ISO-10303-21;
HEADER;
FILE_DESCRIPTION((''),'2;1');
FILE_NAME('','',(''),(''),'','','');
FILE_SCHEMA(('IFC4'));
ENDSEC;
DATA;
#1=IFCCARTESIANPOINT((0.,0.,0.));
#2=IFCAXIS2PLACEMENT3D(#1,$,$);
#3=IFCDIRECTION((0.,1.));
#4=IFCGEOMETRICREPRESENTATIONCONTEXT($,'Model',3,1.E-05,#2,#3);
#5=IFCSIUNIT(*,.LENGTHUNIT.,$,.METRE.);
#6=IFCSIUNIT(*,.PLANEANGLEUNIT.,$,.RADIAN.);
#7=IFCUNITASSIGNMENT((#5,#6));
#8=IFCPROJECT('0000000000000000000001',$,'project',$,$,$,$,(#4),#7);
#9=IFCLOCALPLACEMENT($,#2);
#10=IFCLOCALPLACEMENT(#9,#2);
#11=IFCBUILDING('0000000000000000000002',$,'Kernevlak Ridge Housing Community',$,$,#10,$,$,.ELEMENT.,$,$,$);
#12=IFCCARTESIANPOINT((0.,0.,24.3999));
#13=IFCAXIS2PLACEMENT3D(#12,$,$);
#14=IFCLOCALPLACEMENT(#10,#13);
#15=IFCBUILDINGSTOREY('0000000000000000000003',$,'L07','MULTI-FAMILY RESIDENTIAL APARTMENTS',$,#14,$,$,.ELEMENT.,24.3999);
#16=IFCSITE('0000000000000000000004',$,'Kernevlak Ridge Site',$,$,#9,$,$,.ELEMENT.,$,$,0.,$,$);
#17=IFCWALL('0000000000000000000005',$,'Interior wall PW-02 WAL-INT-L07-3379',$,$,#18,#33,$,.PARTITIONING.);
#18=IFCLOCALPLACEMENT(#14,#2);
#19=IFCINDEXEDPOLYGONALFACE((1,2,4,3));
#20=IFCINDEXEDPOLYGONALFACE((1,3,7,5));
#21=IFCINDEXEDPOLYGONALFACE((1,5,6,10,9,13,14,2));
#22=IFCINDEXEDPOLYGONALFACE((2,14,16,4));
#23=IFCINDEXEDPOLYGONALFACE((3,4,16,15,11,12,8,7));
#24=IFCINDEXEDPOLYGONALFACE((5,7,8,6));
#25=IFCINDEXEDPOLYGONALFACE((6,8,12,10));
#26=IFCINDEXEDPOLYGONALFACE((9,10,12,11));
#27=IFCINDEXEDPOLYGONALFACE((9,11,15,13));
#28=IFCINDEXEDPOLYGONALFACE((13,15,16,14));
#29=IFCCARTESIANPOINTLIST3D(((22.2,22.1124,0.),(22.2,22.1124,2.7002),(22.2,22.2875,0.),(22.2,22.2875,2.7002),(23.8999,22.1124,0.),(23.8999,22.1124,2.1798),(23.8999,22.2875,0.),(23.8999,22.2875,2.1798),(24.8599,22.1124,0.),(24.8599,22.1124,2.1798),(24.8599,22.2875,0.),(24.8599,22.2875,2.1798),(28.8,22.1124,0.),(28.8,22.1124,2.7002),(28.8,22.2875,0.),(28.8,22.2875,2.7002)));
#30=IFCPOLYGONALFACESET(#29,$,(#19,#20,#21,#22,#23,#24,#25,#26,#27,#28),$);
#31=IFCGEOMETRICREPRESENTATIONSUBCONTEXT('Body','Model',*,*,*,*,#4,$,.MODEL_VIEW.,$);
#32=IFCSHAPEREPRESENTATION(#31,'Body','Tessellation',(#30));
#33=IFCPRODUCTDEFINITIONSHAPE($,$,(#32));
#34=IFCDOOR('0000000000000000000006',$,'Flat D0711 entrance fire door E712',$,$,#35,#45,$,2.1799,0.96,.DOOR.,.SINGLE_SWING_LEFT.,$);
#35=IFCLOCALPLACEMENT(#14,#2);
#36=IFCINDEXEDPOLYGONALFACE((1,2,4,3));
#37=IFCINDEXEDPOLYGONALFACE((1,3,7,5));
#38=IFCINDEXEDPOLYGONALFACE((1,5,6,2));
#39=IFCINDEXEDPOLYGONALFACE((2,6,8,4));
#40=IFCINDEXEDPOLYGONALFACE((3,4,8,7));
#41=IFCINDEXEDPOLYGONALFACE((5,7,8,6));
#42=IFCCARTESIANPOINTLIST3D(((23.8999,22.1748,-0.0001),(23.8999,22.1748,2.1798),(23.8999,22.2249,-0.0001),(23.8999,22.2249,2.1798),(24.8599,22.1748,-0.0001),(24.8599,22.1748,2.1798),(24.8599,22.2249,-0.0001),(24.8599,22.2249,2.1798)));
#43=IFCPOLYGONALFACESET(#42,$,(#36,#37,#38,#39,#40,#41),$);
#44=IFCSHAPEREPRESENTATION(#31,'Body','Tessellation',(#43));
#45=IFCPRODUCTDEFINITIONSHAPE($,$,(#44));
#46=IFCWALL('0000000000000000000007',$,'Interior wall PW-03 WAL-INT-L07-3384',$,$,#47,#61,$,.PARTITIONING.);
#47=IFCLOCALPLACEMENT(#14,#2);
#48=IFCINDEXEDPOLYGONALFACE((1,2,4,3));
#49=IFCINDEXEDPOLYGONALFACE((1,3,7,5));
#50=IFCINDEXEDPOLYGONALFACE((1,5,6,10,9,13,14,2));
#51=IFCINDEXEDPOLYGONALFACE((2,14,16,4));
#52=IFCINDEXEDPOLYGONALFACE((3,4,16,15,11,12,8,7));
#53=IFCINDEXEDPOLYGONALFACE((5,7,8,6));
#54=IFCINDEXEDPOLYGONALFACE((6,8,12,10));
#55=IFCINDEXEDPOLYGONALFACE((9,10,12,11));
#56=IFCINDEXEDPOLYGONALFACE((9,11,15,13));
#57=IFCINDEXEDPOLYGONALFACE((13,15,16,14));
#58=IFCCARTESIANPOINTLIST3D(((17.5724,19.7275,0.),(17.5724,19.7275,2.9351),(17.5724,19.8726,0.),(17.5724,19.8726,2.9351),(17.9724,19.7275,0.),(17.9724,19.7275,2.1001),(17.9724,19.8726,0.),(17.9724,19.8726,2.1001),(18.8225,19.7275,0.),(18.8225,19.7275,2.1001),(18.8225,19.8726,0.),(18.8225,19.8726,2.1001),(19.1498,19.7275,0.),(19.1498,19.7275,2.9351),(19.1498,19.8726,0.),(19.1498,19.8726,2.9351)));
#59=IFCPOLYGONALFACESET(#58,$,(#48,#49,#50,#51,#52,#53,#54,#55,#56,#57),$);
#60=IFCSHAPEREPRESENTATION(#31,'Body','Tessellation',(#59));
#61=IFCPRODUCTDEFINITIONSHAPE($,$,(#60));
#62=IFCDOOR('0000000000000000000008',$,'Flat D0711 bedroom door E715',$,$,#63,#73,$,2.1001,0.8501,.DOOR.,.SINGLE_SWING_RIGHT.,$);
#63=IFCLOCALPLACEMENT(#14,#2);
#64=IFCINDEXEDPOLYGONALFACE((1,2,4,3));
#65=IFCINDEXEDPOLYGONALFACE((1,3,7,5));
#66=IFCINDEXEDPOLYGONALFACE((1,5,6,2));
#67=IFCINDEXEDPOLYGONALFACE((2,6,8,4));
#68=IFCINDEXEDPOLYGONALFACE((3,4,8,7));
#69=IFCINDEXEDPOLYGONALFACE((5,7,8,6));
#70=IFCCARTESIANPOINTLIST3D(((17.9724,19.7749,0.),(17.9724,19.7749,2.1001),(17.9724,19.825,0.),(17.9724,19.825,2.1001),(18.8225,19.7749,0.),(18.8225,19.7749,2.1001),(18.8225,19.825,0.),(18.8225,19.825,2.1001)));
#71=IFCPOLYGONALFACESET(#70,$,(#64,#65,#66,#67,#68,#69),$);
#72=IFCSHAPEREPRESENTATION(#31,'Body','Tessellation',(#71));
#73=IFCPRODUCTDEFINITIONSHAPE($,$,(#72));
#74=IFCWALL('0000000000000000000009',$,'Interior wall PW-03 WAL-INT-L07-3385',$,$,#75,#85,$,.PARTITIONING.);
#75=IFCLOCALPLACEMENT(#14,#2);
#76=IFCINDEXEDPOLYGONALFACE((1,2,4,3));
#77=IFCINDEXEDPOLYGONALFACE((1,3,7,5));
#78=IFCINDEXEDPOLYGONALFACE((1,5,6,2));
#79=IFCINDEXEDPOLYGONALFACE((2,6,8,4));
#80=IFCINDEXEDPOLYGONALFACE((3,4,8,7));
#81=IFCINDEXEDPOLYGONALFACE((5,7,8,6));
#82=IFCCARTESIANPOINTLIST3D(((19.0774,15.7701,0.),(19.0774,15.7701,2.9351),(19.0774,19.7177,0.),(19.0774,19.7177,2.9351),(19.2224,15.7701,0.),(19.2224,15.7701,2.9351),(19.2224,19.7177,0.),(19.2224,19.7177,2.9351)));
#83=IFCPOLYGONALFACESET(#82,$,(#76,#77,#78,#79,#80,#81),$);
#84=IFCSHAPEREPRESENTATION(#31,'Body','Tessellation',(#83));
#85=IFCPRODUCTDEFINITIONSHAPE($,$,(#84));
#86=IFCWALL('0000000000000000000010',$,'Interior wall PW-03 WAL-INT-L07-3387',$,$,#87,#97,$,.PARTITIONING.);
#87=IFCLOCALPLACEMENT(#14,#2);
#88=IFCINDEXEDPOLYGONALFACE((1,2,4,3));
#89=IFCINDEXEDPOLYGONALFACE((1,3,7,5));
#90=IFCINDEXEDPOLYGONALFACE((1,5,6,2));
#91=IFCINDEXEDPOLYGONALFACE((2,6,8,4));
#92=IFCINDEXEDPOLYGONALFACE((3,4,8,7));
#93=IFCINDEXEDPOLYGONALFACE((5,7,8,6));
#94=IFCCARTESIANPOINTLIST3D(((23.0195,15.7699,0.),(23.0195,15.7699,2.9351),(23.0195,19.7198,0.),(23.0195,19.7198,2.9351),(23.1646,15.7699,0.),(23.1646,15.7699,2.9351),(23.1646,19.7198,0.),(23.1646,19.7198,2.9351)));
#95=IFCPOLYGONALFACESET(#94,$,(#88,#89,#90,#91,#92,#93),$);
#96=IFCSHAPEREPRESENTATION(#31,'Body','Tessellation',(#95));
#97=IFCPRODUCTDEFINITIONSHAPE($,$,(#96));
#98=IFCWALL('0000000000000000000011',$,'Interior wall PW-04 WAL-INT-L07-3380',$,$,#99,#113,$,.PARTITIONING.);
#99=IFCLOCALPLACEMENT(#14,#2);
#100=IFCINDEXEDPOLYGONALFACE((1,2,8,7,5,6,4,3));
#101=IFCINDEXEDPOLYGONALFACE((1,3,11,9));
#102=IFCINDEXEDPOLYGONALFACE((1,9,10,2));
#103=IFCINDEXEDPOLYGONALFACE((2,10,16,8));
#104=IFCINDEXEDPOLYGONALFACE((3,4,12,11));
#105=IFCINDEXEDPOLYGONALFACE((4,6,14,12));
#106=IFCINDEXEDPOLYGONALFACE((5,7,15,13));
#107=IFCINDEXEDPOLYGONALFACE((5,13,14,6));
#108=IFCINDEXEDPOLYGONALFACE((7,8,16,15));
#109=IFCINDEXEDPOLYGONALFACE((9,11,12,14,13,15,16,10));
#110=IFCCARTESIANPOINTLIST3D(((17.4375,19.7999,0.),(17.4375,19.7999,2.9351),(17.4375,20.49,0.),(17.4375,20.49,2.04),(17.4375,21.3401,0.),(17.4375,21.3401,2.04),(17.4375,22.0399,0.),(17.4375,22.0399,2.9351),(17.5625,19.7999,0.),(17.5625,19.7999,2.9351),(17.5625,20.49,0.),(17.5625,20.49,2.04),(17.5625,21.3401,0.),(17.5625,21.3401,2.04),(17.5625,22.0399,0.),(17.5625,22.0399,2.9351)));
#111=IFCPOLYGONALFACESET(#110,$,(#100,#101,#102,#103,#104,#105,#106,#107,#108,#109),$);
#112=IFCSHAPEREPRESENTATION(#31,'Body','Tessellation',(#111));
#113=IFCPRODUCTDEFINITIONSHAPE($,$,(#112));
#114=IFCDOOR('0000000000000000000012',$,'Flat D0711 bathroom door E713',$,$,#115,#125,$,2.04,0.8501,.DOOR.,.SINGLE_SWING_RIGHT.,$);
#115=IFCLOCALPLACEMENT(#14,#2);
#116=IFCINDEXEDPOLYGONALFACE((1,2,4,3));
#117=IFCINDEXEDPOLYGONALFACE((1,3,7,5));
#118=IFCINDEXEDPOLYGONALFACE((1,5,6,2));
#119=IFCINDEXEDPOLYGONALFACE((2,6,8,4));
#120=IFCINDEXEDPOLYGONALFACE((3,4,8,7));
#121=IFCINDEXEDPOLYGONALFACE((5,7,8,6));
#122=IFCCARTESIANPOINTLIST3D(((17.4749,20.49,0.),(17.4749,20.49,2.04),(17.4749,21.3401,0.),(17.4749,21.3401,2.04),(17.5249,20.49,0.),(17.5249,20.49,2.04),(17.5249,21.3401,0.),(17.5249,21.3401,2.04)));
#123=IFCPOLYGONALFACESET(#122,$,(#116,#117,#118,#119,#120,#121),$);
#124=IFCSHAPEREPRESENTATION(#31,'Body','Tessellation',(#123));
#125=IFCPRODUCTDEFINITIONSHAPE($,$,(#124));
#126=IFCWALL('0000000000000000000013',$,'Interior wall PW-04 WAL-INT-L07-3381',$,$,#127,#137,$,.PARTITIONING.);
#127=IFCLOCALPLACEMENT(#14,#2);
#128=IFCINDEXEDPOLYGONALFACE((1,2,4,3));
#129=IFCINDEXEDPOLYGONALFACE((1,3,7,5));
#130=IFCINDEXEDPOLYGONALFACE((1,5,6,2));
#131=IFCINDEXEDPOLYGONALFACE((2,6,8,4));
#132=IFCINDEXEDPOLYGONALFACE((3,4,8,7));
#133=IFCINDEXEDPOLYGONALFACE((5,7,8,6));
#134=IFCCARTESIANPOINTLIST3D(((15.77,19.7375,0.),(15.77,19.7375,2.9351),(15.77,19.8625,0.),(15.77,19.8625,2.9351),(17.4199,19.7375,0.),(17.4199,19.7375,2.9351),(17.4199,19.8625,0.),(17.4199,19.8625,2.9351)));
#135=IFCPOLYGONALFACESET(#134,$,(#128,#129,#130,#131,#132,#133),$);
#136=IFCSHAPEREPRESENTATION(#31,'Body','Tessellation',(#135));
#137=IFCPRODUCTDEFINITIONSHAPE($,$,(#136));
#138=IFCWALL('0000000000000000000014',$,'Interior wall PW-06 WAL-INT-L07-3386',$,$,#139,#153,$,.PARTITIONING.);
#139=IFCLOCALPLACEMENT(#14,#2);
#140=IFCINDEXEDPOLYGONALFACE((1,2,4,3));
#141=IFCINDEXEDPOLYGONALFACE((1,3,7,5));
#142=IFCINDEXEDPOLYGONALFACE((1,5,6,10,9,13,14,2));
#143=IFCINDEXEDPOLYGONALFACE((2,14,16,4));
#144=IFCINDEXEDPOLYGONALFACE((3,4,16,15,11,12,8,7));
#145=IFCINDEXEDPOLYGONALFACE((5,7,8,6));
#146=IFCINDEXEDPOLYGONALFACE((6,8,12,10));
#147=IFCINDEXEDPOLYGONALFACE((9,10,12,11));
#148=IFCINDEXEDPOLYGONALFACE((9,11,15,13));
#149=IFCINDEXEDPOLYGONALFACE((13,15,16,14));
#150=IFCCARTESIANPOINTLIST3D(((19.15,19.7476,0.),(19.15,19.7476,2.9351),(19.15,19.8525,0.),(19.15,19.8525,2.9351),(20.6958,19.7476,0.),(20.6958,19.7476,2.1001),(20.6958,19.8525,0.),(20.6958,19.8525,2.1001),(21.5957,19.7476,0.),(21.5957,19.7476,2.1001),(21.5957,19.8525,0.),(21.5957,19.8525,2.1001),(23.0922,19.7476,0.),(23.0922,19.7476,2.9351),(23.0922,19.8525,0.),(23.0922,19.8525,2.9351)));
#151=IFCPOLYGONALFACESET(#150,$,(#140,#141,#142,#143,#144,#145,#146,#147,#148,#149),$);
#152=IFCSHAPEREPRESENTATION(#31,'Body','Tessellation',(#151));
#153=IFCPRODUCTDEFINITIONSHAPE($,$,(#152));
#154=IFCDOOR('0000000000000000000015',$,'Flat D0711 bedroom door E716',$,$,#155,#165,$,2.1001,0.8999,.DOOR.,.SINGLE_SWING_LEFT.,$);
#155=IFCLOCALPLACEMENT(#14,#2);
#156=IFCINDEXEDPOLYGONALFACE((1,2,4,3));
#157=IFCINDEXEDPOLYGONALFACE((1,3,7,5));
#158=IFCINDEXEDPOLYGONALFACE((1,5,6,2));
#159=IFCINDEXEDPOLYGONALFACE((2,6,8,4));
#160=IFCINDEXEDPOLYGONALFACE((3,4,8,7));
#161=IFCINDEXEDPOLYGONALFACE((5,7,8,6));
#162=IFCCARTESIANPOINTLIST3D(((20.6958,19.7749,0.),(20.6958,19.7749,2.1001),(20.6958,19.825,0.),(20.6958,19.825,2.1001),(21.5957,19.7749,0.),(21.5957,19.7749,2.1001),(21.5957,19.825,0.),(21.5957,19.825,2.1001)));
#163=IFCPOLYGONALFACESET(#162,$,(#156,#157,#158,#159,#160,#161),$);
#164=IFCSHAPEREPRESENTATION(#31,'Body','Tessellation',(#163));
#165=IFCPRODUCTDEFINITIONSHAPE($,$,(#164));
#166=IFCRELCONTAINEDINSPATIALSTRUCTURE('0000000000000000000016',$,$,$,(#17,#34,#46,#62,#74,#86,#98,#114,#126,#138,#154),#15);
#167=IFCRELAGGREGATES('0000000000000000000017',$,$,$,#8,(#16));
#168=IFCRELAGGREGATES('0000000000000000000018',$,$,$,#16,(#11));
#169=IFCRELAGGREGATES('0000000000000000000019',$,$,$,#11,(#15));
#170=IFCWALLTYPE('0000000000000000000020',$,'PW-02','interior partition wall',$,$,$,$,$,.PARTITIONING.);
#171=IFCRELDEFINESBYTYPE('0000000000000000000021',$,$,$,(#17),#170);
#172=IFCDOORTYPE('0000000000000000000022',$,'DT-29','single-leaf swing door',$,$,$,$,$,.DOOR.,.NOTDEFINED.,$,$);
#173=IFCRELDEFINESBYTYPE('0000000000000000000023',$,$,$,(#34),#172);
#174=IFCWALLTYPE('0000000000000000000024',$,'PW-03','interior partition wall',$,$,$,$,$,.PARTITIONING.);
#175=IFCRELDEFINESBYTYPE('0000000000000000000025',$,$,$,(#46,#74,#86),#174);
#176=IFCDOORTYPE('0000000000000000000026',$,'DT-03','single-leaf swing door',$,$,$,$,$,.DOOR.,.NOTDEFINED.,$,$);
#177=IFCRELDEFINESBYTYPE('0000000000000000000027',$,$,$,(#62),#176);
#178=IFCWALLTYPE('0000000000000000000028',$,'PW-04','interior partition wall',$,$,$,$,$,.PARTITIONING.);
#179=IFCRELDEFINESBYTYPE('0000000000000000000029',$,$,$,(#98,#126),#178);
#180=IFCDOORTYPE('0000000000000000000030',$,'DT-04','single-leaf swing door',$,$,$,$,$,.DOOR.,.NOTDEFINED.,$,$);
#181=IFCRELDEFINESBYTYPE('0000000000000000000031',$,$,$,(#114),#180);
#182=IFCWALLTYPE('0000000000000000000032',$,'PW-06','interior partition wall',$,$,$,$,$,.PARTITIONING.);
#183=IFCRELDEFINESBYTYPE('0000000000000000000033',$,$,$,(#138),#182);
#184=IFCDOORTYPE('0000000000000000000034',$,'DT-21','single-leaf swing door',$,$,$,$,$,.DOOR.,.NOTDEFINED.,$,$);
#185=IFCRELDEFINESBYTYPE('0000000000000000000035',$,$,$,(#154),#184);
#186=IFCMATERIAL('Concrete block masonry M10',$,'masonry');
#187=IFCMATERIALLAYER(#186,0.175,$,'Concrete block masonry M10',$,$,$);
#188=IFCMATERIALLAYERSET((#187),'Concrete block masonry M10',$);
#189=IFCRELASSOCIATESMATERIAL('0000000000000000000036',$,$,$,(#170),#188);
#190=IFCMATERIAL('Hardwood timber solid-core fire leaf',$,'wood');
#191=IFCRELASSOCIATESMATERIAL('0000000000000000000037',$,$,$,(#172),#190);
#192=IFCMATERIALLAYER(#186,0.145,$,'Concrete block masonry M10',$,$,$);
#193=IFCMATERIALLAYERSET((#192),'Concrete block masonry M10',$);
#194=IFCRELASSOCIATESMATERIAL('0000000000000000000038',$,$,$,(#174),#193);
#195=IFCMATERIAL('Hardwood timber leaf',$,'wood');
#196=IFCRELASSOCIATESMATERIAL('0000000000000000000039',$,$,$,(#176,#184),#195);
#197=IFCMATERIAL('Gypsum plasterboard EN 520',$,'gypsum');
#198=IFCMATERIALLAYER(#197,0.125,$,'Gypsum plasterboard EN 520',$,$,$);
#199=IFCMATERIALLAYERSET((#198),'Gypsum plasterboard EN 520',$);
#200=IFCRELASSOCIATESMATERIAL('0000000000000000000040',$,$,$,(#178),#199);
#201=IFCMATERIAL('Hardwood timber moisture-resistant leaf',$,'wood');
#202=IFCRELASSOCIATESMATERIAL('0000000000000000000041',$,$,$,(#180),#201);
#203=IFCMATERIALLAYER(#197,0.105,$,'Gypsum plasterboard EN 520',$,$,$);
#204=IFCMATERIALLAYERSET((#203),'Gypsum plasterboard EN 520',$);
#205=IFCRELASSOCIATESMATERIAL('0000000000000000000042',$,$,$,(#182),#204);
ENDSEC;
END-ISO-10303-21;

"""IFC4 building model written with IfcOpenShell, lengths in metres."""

from ifc_helpers import new_model, si_unit, direction, frame, frame_2d, origin, place, context, subcontext, project, spatial, rectangle, extrude, material, layer, layer_set, type_object, element, fill, save


model = new_model("IFC4")

# Units and contexts
model_context = context("Model", 3, precision=1e-05, world=origin(), true_north=direction((0.0, 1.0)))
body_context = subcontext(model_context, "Body", "Model", "MODEL_VIEW")
ifc_project = project(units=[si_unit("LENGTHUNIT", "METRE"), si_unit("PLANEANGLEUNIT", "RADIAN")], contexts=[model_context])

# Site, building, storey
site_placement = place(None, origin())
site = spatial("IfcSite", under=ifc_project, at=site_placement, Name="Kernevlak Ridge Site", CompositionType="ELEMENT", RefElevation=0.0)
building_placement = place(site_placement, origin())
building = spatial("IfcBuilding", under=site, at=building_placement, Name="Kernevlak Ridge Housing Community", CompositionType="ELEMENT")
storey_placement = place(building_placement, frame((0.0, 0.0, 24.3999)))
storey = spatial("IfcBuildingStorey", under=building, at=storey_placement, Name="L07", Description="MULTI-FAMILY RESIDENTIAL APARTMENTS", CompositionType="ELEMENT", Elevation=24.3999)

# Shared definitions
ifc_material_1 = material(Name="Concrete block masonry M10", Category="masonry")

# Walls, openings, doors
ifc_layer_1 = layer(ifc_material_1, 0.175, Name="Concrete block masonry M10")
ifc_layer_set_1 = layer_set([ifc_layer_1], Name="Concrete block masonry M10")
wall_type_1 = type_object("IfcWallType", Name="PW-02", Description="interior partition wall", PredefinedType="PARTITIONING", material=ifc_layer_set_1)
wall_1_placement = place(storey_placement, frame((22.2, 22.2, 0.0), z_axis=(0.0, 0.0, 1.0), x_axis=(1.0, 0.0, 0.0)))
wall_1 = element("IfcWall", 1, at=wall_1_placement, inside=storey, type_object=wall_type_1, Name="Interior wall PW-02 WAL-INT-L07-3379", PredefinedType="PARTITIONING", context=body_context, shape_type="SweptSolid", body=[
    extrude(rectangle(XDim=6.6001, YDim=0.175, at=frame_2d((3.3, 0.0))), origin(), (0.0, 0.0, 1.0), 2.7002),
])
opening_1_placement = place(wall_1_placement, frame((1.7, 0.0, 0.0)))
opening_1 = element("IfcOpeningElement", 2, at=opening_1_placement, cuts=wall_1, PredefinedType="OPENING", context=body_context, shape_type="SweptSolid", body=[
    extrude(rectangle(XDim=0.96, YDim=2.1799, at=frame_2d((0.48, 1.0898))), frame((0.0, 0.0974, 0.0), z_axis=(0.0, -1.0, 0.0), x_axis=(1.0, 0.0, 0.0)), (0.0, 0.0, 1.0), 0.1951),
])
ifc_material_2 = material(Name="Hardwood timber solid-core fire leaf", Category="wood")
door_type_1 = type_object("IfcDoorType", Name="DT-29", Description="single-leaf swing door", OperationType="NOTDEFINED", PredefinedType="DOOR", material=ifc_material_2)
door_1_placement = place(opening_1_placement, origin())
door_1 = element("IfcDoor", 3, at=door_1_placement, inside=storey, type_object=door_type_1, Name="Flat D0711 entrance fire door E712", OperationType="SINGLE_SWING_LEFT", OverallHeight=2.1799, OverallWidth=0.96, PredefinedType="DOOR", context=body_context, shape_type="SweptSolid", body=[
    extrude(rectangle(XDim=0.96, YDim=2.1799, at=frame_2d((0.48, 1.0898))), frame((0.0, 0.0249, 0.0), z_axis=(0.0, -1.0, 0.0), x_axis=(1.0, 0.0, 0.0)), (0.0, 0.0, 1.0), 0.05),
])
fill(opening_1, door_1)
ifc_layer_2 = layer(ifc_material_1, 0.145, Name="Concrete block masonry M10")
ifc_layer_set_2 = layer_set([ifc_layer_2], Name="Concrete block masonry M10")
wall_type_2 = type_object("IfcWallType", Name="PW-03", Description="interior partition wall", PredefinedType="PARTITIONING", material=ifc_layer_set_2)
wall_2_placement = place(storey_placement, frame((17.5725, 19.8, 0.0), z_axis=(0.0, 0.0, 1.0), x_axis=(1.0, 0.0, 0.0)))
wall_2 = element("IfcWall", 4, at=wall_2_placement, inside=storey, type_object=wall_type_2, Name="Interior wall PW-03 WAL-INT-L07-3384", PredefinedType="PARTITIONING", context=body_context, shape_type="SweptSolid", body=[
    extrude(rectangle(XDim=1.5774, YDim=0.145, at=frame_2d((0.7886, 0.0))), origin(), (0.0, 0.0, 1.0), 2.9351),
])
opening_2_placement = place(wall_2_placement, frame((0.3999, 0.0, 0.0)))
opening_2 = element("IfcOpeningElement", 5, at=opening_2_placement, cuts=wall_2, PredefinedType="OPENING", context=body_context, shape_type="SweptSolid", body=[
    extrude(rectangle(XDim=0.8501, YDim=2.1001, at=frame_2d((0.425, 1.05))), frame((0.0, 0.0825, 0.0), z_axis=(0.0, -1.0, 0.0), x_axis=(1.0, 0.0, 0.0)), (0.0, 0.0, 1.0), 0.165),
])
ifc_material_3 = material(Name="Hardwood timber leaf", Category="wood")
door_type_2 = type_object("IfcDoorType", Name="DT-03", Description="single-leaf swing door", OperationType="NOTDEFINED", PredefinedType="DOOR", material=ifc_material_3)
door_2_placement = place(opening_2_placement, origin())
door_2 = element("IfcDoor", 6, at=door_2_placement, inside=storey, type_object=door_type_2, Name="Flat D0711 bedroom door E715", OperationType="SINGLE_SWING_RIGHT", OverallHeight=2.1001, OverallWidth=0.8501, PredefinedType="DOOR", context=body_context, shape_type="SweptSolid", body=[
    extrude(rectangle(XDim=0.8501, YDim=2.1001, at=frame_2d((0.425, 1.05))), frame((0.0, 0.0249, 0.0), z_axis=(0.0, -1.0, 0.0), x_axis=(1.0, 0.0, 0.0)), (0.0, 0.0, 1.0), 0.05),
])
fill(opening_2, door_2)

# Walls
wall_3_placement = place(storey_placement, frame((19.1499, 19.7175, 0.0), z_axis=(0.0, 0.0, 1.0), x_axis=(0.0, -1.0, 0.0)))
element("IfcWall", 7, at=wall_3_placement, inside=storey, type_object=wall_type_2, Name="Interior wall PW-03 WAL-INT-L07-3385", PredefinedType="PARTITIONING", context=body_context, shape_type="SweptSolid", body=[
    extrude(rectangle(XDim=3.9475, YDim=0.145, at=frame_2d((1.9736, 0.0))), origin(), (0.0, 0.0, 1.0), 2.9351),
])
wall_4_placement = place(storey_placement, frame((23.092, 19.72, 0.0), z_axis=(0.0, 0.0, 1.0), x_axis=(0.0, -1.0, 0.0)))
element("IfcWall", 8, at=wall_4_placement, inside=storey, type_object=wall_type_2, Name="Interior wall PW-03 WAL-INT-L07-3387", PredefinedType="PARTITIONING", context=body_context, shape_type="SweptSolid", body=[
    extrude(rectangle(XDim=3.95, YDim=0.145, at=frame_2d((1.9751, 0.0))), origin(), (0.0, 0.0, 1.0), 2.9351),
])

# Wall, opening, door
ifc_material_4 = material(Name="Gypsum plasterboard EN 520", Category="gypsum")
ifc_layer_3 = layer(ifc_material_4, 0.125, Name="Gypsum plasterboard EN 520")
ifc_layer_set_3 = layer_set([ifc_layer_3], Name="Gypsum plasterboard EN 520")
wall_type_3 = type_object("IfcWallType", Name="PW-04", Description="interior partition wall", PredefinedType="PARTITIONING", material=ifc_layer_set_3)
wall_5_placement = place(storey_placement, frame((17.5, 22.04, 0.0), z_axis=(0.0, 0.0, 1.0), x_axis=(0.0, -1.0, 0.0)))
wall_5 = element("IfcWall", 9, at=wall_5_placement, inside=storey, type_object=wall_type_3, Name="Interior wall PW-04 WAL-INT-L07-3380", PredefinedType="PARTITIONING", context=body_context, shape_type="SweptSolid", body=[
    extrude(rectangle(XDim=2.24, YDim=0.125, at=frame_2d((1.1201, 0.0))), origin(), (0.0, 0.0, 1.0), 2.9351),
])
opening_3_placement = place(wall_5_placement, frame((0.7, 0.0, 0.0)))
opening_3 = element("IfcOpeningElement", 10, at=opening_3_placement, cuts=wall_5, PredefinedType="OPENING", context=body_context, shape_type="SweptSolid", body=[
    extrude(rectangle(XDim=0.8501, YDim=2.04, at=frame_2d((0.425, 1.02))), frame((0.0, 0.0725, 0.0), z_axis=(0.0, -1.0, 0.0), x_axis=(1.0, 0.0, 0.0)), (0.0, 0.0, 1.0), 0.145),
])
ifc_material_5 = material(Name="Hardwood timber moisture-resistant leaf", Category="wood")
door_type_3 = type_object("IfcDoorType", Name="DT-04", Description="single-leaf swing door", OperationType="NOTDEFINED", PredefinedType="DOOR", material=ifc_material_5)
door_3_placement = place(opening_3_placement, origin())
door_3 = element("IfcDoor", 11, at=door_3_placement, inside=storey, type_object=door_type_3, Name="Flat D0711 bathroom door E713", OperationType="SINGLE_SWING_RIGHT", OverallHeight=2.04, OverallWidth=0.8501, PredefinedType="DOOR", context=body_context, shape_type="SweptSolid", body=[
    extrude(rectangle(XDim=0.8501, YDim=2.04, at=frame_2d((0.425, 1.02))), frame((0.0, 0.0249, 0.0), z_axis=(0.0, -1.0, 0.0), x_axis=(1.0, 0.0, 0.0)), (0.0, 0.0, 1.0), 0.05),
])
fill(opening_3, door_3)

# Wall
wall_6_placement = place(storey_placement, frame((15.77, 19.8, 0.0), z_axis=(0.0, 0.0, 1.0), x_axis=(1.0, 0.0, 0.0)))
element("IfcWall", 12, at=wall_6_placement, inside=storey, type_object=wall_type_3, Name="Interior wall PW-04 WAL-INT-L07-3381", PredefinedType="PARTITIONING", context=body_context, shape_type="SweptSolid", body=[
    extrude(rectangle(XDim=1.6499, YDim=0.125, at=frame_2d((0.825, 0.0))), origin(), (0.0, 0.0, 1.0), 2.9351),
])

# Wall, opening, door
ifc_layer_4 = layer(ifc_material_4, 0.105, Name="Gypsum plasterboard EN 520")
ifc_layer_set_4 = layer_set([ifc_layer_4], Name="Gypsum plasterboard EN 520")
wall_type_4 = type_object("IfcWallType", Name="PW-06", Description="interior partition wall", PredefinedType="PARTITIONING", material=ifc_layer_set_4)
wall_7_placement = place(storey_placement, frame((19.1499, 19.8, 0.0), z_axis=(0.0, 0.0, 1.0), x_axis=(1.0, 0.0, 0.0)))
wall_7 = element("IfcWall", 13, at=wall_7_placement, inside=storey, type_object=wall_type_4, Name="Interior wall PW-06 WAL-INT-L07-3386", PredefinedType="PARTITIONING", context=body_context, shape_type="SweptSolid", body=[
    extrude(rectangle(XDim=3.9421, YDim=0.105, at=frame_2d((1.9712, 0.0))), origin(), (0.0, 0.0, 1.0), 2.9351),
])
opening_4_placement = place(wall_7_placement, frame((1.5459, 0.0, 0.0)))
opening_4 = element("IfcOpeningElement", 14, at=opening_4_placement, cuts=wall_7, PredefinedType="OPENING", context=body_context, shape_type="SweptSolid", body=[
    extrude(rectangle(XDim=0.8999, YDim=2.1001, at=frame_2d((0.45, 1.05))), frame((0.0, 0.0625, 0.0), z_axis=(0.0, -1.0, 0.0), x_axis=(1.0, 0.0, 0.0)), (0.0, 0.0, 1.0), 0.125),
])
door_type_4 = type_object("IfcDoorType", Name="DT-21", Description="single-leaf swing door", OperationType="NOTDEFINED", PredefinedType="DOOR", material=ifc_material_3)
door_4_placement = place(opening_4_placement, origin())
door_4 = element("IfcDoor", 15, at=door_4_placement, inside=storey, type_object=door_type_4, Name="Flat D0711 bedroom door E716", OperationType="SINGLE_SWING_LEFT", OverallHeight=2.1001, OverallWidth=0.8999, PredefinedType="DOOR", context=body_context, shape_type="SweptSolid", body=[
    extrude(rectangle(XDim=0.8999, YDim=2.1001, at=frame_2d((0.45, 1.05))), frame((0.0, 0.0249, 0.0), z_axis=(0.0, -1.0, 0.0), x_axis=(1.0, 0.0, 0.0)), (0.0, 0.0, 1.0), 0.05),
])
fill(opening_4, door_4)

save(model, "model.ifc")
